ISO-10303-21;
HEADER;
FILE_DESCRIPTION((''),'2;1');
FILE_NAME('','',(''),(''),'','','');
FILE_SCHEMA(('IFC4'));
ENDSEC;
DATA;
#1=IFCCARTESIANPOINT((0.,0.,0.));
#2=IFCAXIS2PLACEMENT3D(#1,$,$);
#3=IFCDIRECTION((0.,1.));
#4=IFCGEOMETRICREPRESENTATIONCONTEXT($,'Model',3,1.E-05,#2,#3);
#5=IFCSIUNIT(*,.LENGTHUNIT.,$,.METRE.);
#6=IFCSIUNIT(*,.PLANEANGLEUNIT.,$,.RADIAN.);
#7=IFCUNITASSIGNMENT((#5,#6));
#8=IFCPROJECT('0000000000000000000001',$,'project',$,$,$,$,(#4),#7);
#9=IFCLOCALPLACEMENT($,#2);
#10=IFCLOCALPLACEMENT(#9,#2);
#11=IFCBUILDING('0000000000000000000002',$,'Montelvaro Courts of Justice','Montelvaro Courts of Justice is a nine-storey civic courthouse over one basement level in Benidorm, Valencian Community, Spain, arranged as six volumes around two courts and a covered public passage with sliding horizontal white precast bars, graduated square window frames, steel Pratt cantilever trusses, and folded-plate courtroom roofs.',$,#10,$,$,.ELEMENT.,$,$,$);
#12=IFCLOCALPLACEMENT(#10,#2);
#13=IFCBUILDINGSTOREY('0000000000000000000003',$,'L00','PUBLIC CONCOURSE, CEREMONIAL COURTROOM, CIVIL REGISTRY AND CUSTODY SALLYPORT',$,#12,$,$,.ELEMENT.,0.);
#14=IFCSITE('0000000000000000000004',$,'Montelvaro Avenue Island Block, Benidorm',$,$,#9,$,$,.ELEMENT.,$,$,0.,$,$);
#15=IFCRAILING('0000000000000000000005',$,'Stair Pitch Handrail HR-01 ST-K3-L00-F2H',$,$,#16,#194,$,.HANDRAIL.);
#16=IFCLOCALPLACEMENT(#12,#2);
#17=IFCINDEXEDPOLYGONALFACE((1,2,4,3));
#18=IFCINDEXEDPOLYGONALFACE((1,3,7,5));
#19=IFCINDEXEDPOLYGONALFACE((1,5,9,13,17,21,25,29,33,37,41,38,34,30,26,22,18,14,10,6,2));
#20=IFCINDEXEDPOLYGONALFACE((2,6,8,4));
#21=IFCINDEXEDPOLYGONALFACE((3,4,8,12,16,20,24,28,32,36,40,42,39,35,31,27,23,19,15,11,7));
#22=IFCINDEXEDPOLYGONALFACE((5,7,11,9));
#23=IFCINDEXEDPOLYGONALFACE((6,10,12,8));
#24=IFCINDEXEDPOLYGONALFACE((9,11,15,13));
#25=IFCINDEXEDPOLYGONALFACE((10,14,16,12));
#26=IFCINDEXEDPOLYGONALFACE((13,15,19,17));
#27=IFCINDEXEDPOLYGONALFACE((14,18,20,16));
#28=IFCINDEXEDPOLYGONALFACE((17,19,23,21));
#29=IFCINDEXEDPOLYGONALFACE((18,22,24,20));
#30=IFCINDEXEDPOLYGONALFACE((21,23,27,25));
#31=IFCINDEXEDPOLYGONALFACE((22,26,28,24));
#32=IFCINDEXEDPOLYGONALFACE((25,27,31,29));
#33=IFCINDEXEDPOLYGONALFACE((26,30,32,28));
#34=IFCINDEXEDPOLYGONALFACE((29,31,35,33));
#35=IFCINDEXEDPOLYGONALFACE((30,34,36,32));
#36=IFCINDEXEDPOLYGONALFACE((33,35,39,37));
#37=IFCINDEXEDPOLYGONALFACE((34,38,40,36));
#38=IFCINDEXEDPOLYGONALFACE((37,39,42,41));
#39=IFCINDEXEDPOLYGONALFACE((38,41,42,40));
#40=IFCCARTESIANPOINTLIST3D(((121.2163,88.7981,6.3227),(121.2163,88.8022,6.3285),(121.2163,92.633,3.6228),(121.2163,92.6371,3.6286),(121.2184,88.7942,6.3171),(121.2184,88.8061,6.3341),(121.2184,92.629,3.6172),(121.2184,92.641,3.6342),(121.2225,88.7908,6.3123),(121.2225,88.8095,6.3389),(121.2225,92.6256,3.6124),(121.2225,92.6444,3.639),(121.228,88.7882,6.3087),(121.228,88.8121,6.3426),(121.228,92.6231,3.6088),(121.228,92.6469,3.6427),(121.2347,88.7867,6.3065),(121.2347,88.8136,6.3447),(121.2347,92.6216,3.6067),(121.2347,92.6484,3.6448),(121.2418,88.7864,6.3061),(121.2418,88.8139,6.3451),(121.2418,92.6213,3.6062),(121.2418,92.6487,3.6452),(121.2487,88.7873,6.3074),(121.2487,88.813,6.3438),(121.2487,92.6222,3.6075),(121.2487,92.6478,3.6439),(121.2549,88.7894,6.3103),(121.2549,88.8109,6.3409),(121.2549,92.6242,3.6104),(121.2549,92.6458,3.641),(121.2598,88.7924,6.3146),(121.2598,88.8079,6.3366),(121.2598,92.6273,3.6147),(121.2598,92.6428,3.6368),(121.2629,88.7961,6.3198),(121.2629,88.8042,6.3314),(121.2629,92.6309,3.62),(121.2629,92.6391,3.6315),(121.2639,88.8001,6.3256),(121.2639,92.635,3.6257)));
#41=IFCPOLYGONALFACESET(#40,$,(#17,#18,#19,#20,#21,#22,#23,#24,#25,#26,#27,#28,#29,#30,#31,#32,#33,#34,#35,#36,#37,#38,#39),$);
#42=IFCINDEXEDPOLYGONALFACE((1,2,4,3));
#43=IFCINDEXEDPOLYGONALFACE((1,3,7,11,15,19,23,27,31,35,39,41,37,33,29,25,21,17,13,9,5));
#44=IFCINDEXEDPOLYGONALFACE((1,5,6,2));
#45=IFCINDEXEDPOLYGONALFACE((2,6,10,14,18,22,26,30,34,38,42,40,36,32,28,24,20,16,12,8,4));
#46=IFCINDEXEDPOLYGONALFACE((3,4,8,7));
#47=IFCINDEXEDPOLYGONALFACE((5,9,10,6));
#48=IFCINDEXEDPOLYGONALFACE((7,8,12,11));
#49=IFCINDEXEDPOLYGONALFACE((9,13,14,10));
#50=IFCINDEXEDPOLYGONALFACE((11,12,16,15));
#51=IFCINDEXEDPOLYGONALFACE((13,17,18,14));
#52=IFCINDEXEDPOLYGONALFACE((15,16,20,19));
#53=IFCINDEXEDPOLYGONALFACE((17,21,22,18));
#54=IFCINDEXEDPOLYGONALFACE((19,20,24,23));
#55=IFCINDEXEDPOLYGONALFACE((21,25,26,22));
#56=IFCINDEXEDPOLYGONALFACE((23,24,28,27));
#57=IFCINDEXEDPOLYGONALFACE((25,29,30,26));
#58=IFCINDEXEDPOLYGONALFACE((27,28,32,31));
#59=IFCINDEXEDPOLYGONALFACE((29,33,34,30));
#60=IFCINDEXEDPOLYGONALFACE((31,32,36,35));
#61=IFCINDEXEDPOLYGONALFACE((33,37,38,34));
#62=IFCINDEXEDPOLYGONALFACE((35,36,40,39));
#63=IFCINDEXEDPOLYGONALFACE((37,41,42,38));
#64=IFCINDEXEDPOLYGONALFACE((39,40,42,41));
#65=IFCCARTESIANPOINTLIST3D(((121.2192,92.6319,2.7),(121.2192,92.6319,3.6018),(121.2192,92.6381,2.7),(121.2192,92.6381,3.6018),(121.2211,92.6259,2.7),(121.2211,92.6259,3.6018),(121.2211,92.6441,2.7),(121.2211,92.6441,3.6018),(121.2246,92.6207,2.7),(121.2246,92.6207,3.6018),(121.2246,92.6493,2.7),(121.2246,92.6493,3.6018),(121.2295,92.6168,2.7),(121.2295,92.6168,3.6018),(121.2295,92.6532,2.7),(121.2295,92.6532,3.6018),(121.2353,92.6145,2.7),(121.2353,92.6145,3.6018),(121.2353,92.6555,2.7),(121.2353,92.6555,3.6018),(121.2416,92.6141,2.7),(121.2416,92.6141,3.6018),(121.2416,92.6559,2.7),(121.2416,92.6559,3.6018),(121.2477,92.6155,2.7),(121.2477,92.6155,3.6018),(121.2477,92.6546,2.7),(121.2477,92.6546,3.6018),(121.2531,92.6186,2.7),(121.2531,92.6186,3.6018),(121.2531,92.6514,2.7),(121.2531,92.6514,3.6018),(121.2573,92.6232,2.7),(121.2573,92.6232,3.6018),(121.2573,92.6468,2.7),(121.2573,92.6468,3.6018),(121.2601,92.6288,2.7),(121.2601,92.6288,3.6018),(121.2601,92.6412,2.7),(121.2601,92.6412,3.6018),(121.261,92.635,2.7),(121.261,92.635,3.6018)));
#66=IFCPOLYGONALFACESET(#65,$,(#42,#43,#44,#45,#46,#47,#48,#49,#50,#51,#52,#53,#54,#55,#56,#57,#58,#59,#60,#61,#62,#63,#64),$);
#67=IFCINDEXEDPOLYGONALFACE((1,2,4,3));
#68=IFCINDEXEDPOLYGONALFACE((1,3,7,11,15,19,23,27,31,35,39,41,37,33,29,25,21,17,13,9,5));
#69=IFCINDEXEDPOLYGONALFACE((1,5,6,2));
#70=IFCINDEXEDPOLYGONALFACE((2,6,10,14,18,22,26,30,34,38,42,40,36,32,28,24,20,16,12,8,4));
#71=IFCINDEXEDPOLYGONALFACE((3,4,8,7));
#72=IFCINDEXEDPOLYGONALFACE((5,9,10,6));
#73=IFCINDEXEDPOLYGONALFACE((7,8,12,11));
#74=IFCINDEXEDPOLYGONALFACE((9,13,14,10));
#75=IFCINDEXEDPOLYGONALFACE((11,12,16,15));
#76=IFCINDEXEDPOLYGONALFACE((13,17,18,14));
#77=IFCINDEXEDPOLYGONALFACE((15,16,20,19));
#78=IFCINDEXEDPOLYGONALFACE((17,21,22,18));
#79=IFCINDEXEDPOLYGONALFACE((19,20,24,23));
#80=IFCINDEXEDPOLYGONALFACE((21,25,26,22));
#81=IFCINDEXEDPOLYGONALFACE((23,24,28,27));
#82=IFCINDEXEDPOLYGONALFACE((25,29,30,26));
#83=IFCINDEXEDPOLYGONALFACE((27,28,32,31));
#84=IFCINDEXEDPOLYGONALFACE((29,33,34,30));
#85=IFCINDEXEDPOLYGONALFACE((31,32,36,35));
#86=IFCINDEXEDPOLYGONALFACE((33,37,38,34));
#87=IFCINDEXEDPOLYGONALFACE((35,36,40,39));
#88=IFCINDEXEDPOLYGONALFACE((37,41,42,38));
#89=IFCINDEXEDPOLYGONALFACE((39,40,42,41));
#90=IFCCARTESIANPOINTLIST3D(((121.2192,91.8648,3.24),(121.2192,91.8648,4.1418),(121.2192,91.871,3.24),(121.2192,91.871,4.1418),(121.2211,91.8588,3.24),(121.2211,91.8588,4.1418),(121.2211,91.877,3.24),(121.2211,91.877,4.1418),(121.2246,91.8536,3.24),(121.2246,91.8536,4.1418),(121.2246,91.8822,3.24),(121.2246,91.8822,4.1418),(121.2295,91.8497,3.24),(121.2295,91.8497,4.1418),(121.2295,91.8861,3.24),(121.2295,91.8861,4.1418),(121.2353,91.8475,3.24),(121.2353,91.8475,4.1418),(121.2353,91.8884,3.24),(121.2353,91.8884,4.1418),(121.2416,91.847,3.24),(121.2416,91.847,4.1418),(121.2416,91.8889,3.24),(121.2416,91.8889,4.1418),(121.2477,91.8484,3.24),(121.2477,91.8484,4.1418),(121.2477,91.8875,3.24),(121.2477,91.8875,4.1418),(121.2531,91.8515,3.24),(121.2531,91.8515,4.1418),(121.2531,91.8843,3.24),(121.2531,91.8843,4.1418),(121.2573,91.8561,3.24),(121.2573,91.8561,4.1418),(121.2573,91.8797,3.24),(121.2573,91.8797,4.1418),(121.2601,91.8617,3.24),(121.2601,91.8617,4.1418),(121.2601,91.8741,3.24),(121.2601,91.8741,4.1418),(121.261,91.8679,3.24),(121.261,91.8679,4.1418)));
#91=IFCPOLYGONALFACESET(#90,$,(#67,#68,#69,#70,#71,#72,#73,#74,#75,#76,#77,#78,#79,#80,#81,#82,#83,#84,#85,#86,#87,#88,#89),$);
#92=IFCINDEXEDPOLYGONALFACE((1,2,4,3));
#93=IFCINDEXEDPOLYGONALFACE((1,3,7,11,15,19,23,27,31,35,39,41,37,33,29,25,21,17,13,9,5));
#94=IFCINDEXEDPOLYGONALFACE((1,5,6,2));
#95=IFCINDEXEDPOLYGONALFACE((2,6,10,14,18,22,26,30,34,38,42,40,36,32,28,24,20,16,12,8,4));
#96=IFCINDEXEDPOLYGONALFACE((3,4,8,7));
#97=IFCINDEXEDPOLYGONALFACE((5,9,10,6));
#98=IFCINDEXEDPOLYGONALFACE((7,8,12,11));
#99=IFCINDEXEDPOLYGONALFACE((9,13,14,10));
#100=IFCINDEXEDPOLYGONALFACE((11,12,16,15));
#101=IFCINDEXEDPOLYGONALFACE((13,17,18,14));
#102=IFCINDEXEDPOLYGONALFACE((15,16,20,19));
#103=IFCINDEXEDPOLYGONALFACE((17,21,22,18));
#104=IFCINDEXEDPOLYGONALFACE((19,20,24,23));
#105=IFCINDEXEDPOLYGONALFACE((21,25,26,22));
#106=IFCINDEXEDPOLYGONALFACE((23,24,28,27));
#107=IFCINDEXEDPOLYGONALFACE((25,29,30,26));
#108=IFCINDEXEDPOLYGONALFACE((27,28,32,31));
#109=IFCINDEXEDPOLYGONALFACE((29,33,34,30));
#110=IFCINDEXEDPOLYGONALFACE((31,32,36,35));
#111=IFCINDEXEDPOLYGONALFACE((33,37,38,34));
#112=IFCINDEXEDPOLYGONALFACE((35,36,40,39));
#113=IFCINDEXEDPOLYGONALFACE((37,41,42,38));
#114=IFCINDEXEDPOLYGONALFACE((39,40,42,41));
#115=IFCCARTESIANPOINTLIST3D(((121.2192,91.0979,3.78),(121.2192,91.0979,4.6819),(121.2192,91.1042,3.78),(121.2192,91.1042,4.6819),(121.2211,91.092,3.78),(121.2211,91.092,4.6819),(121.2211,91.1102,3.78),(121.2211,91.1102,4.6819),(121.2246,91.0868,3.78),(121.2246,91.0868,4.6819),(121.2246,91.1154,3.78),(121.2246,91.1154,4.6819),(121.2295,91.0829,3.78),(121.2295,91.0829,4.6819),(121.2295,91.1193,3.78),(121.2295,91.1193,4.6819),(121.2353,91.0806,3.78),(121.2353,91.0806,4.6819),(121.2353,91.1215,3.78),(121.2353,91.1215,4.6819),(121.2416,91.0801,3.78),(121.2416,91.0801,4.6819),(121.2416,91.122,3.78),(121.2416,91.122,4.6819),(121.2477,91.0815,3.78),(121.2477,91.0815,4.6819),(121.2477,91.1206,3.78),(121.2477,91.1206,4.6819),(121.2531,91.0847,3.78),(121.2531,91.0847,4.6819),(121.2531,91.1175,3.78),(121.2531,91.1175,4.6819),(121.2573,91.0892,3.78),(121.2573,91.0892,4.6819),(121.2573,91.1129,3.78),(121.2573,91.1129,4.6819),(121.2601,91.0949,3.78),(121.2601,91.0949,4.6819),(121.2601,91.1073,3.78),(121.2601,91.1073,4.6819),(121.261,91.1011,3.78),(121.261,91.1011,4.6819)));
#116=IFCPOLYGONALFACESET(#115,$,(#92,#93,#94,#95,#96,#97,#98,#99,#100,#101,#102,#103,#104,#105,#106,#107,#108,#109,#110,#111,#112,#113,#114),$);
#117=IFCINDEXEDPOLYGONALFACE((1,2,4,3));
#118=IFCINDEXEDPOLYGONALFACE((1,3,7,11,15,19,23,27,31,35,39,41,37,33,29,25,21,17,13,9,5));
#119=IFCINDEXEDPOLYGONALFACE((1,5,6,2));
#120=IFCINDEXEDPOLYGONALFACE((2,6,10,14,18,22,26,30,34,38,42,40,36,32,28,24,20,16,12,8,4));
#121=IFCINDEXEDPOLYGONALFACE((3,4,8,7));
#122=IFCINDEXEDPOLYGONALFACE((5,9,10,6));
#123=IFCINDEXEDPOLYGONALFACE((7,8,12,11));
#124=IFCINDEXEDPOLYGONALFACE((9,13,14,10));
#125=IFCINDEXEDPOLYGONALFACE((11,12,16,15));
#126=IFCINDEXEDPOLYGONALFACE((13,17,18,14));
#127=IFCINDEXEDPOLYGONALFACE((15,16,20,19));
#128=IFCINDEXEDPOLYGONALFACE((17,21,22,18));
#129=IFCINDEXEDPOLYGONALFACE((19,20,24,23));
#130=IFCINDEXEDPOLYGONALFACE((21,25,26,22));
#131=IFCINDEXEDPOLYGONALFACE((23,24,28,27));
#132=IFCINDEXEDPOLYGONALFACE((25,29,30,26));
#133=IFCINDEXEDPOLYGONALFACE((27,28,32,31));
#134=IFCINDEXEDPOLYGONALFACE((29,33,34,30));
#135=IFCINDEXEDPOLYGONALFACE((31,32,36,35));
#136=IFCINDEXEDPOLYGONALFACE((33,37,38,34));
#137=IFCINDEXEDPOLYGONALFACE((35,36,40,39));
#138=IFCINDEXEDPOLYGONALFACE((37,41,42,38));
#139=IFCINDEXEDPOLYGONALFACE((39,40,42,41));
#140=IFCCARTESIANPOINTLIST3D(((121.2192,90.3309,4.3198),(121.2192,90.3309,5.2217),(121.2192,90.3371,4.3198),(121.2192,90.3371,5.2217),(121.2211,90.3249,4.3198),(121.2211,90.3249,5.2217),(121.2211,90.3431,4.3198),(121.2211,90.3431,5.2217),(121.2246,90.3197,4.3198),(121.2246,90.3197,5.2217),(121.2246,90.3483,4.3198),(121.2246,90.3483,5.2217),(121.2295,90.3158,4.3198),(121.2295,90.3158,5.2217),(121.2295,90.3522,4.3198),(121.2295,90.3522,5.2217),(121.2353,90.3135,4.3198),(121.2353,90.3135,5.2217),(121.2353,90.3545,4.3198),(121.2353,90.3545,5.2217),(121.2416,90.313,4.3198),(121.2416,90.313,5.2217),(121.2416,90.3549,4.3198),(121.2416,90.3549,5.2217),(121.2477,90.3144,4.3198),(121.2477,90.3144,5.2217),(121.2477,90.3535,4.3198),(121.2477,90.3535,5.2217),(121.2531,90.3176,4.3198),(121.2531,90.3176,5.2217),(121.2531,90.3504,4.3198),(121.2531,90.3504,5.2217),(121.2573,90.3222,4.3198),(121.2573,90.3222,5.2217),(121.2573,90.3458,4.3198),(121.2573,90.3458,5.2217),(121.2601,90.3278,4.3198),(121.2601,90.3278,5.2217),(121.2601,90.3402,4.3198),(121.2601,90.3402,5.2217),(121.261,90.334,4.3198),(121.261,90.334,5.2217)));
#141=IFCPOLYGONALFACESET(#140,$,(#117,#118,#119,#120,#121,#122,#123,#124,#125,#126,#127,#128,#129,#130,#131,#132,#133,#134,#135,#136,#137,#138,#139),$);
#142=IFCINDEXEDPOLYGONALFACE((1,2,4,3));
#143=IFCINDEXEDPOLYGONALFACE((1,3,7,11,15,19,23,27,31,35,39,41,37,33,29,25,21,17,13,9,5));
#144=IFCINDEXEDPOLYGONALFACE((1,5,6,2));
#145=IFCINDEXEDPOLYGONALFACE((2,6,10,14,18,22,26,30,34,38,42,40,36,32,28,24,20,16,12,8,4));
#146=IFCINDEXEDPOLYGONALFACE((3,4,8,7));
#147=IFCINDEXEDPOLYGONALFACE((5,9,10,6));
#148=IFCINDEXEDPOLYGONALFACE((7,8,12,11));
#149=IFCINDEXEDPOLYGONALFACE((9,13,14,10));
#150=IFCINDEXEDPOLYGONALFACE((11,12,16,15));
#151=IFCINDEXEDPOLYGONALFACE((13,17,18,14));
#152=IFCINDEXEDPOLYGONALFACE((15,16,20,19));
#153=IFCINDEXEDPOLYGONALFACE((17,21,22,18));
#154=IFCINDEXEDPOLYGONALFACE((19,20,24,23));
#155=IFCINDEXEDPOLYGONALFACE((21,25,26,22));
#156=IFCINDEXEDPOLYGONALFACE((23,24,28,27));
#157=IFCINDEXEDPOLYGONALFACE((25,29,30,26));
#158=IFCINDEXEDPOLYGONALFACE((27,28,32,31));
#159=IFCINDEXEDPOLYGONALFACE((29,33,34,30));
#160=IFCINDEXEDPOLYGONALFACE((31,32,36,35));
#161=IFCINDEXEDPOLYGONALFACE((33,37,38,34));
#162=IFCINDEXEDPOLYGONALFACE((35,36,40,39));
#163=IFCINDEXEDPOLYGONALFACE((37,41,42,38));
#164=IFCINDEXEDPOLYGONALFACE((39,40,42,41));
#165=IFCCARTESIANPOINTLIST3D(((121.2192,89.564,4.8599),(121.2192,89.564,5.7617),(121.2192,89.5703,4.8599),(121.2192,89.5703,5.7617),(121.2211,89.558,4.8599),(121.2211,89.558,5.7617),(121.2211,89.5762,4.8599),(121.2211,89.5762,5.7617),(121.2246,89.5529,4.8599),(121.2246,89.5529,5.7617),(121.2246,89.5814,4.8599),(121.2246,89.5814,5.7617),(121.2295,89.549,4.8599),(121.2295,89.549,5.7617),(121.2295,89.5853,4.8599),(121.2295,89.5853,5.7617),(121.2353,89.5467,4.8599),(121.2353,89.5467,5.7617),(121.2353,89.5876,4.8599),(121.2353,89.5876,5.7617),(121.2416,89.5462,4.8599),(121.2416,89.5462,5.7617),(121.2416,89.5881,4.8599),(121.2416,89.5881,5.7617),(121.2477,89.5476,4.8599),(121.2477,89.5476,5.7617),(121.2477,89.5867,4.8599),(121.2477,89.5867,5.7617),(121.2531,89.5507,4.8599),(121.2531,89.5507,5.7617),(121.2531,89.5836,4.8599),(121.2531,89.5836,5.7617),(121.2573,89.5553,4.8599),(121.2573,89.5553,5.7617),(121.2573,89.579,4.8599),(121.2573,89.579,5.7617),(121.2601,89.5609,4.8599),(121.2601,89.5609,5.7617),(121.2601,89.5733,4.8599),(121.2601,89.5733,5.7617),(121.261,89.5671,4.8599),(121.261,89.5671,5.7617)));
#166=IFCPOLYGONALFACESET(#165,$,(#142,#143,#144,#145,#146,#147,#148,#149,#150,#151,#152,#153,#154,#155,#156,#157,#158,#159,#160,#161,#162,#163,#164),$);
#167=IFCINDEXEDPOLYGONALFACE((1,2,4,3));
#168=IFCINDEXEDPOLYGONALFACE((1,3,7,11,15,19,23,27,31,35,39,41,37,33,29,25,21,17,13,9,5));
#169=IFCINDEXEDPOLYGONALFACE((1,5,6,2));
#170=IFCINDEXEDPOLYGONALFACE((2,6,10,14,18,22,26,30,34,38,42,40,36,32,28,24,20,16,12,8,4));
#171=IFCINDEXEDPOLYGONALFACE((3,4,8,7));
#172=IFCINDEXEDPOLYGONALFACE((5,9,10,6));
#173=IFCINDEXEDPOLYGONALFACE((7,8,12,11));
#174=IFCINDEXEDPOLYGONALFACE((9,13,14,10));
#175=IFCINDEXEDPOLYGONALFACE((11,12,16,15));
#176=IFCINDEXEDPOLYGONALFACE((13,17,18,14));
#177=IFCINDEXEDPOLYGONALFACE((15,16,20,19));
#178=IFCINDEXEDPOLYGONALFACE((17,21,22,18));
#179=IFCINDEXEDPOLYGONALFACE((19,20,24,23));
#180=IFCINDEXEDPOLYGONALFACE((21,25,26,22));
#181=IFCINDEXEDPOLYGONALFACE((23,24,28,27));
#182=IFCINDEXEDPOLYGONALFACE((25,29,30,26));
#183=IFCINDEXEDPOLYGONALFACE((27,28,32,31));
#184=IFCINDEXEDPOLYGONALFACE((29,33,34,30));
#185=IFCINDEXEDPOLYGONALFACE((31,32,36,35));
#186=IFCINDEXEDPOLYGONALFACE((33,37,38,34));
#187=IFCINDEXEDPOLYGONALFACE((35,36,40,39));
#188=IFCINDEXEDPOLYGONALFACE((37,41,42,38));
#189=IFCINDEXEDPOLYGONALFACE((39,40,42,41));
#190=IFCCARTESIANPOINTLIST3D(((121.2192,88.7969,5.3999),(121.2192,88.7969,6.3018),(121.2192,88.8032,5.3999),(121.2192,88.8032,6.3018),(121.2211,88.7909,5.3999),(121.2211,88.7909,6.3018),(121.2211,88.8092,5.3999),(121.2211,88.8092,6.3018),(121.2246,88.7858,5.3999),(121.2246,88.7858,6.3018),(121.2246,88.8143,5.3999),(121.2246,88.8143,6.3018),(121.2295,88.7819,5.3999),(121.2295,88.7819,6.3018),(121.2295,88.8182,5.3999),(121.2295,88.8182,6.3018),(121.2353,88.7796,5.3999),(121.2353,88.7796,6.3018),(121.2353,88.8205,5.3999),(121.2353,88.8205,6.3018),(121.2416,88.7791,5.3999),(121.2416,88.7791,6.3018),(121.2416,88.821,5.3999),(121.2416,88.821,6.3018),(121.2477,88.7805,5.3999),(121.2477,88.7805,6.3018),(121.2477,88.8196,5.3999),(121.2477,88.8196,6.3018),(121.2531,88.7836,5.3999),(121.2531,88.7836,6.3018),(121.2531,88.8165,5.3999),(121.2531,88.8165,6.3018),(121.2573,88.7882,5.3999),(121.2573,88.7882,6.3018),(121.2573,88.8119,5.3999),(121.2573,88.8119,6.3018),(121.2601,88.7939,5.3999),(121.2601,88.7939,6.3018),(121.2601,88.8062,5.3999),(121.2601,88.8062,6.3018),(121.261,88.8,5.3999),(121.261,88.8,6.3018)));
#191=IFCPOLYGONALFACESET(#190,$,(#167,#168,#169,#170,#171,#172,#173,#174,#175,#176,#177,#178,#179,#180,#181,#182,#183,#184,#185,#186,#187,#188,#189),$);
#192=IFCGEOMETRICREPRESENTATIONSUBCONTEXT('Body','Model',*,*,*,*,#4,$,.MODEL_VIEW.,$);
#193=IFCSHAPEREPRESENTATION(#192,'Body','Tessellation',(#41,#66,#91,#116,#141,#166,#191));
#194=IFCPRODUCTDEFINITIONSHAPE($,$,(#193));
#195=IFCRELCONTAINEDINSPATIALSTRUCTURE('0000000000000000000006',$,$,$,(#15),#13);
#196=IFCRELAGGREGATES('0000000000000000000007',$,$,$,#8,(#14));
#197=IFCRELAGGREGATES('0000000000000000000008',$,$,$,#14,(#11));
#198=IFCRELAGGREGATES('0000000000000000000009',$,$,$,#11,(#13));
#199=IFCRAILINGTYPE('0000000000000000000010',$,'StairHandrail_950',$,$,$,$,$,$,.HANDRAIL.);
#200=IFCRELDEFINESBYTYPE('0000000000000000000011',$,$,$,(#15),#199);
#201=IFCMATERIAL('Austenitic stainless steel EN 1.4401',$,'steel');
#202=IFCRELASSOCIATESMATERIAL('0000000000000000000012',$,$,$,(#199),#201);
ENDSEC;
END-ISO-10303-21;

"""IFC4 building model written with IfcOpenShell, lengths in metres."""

from ifc_helpers import new_model, si_unit, direction, frame, origin, origin_2d, place, context, subcontext, project, spatial, circle, extrude, material, type_object, element, save


model = new_model("IFC4")

# Units and contexts
model_context = context("Model", 3, precision=1e-05, world=origin(), true_north=direction((0.0, 1.0)))
body_context = subcontext(model_context, "Body", "Model", "MODEL_VIEW")
ifc_project = project(units=[si_unit("LENGTHUNIT", "METRE"), si_unit("PLANEANGLEUNIT", "RADIAN")], contexts=[model_context])

# Site, building, storey
site_placement = place(None, origin())
site = spatial("IfcSite", under=ifc_project, at=site_placement, Name="Montelvaro Avenue Island Block, Benidorm", CompositionType="ELEMENT", RefElevation=0.0)
building_placement = place(site_placement, origin())
building = spatial("IfcBuilding", under=site, at=building_placement, Name="Montelvaro Courts of Justice", Description="Montelvaro Courts of Justice is a nine-storey civic courthouse over one basement level in Benidorm, Valencian Community, Spain, arranged as six volumes around two courts and a covered public passage with sliding horizontal white precast bars, graduated square window frames, steel Pratt cantilever trusses, and folded-plate courtroom roofs.", CompositionType="ELEMENT")
storey_placement = place(building_placement, origin())
storey = spatial("IfcBuildingStorey", under=building, at=storey_placement, Name="L00", Description="PUBLIC CONCOURSE, CEREMONIAL COURTROOM, CIVIL REGISTRY AND CUSTODY SALLYPORT", CompositionType="ELEMENT", Elevation=0.0)

# Railing
ifc_material_1 = material(Name="Austenitic stainless steel EN 1.4401", Category="steel")
railing_type_1 = type_object("IfcRailingType", Name="StairHandrail_950", PredefinedType="HANDRAIL", material=ifc_material_1)
railing_1_placement = place(storey_placement, frame((121.24, 92.635, 2.7)))
element("IfcRailing", 1, at=railing_1_placement, inside=storey, type_object=railing_type_1, Name="Stair Pitch Handrail HR-01 ST-K3-L00-F2H", PredefinedType="HANDRAIL", context=body_context, shape_type="SweptSolid", body=[
    extrude(circle(Radius=0.0239, at=origin_2d()), frame((0.0, 0.0, 0.9258), z_axis=(0.0, -0.817678, 0.575675), x_axis=(1.0, 0.0, 0.0)), (0.0, 0.0, 1.0), 4.6899),
    extrude(circle(Radius=0.021, at=origin_2d()), origin(), (0.0, 0.0, 1.0), 0.9019),
    extrude(circle(Radius=0.021, at=origin_2d()), frame((0.0, -0.7671, 0.54)), (0.0, 0.0, 1.0), 0.9019),
    extrude(circle(Radius=0.021, at=origin_2d()), frame((0.0, -1.5339, 1.0801)), (0.0, 0.0, 1.0), 0.9019),
    extrude(circle(Radius=0.021, at=origin_2d()), frame((0.0, -2.301, 1.6199)), (0.0, 0.0, 1.0), 0.9019),
    extrude(circle(Radius=0.021, at=origin_2d()), frame((0.0, -3.0679, 2.1599)), (0.0, 0.0, 1.0), 0.9019),
    extrude(circle(Radius=0.021, at=origin_2d()), frame((0.0, -3.835, 2.7)), (0.0, 0.0, 1.0), 0.9019),
])

save(model, "model.ifc")
